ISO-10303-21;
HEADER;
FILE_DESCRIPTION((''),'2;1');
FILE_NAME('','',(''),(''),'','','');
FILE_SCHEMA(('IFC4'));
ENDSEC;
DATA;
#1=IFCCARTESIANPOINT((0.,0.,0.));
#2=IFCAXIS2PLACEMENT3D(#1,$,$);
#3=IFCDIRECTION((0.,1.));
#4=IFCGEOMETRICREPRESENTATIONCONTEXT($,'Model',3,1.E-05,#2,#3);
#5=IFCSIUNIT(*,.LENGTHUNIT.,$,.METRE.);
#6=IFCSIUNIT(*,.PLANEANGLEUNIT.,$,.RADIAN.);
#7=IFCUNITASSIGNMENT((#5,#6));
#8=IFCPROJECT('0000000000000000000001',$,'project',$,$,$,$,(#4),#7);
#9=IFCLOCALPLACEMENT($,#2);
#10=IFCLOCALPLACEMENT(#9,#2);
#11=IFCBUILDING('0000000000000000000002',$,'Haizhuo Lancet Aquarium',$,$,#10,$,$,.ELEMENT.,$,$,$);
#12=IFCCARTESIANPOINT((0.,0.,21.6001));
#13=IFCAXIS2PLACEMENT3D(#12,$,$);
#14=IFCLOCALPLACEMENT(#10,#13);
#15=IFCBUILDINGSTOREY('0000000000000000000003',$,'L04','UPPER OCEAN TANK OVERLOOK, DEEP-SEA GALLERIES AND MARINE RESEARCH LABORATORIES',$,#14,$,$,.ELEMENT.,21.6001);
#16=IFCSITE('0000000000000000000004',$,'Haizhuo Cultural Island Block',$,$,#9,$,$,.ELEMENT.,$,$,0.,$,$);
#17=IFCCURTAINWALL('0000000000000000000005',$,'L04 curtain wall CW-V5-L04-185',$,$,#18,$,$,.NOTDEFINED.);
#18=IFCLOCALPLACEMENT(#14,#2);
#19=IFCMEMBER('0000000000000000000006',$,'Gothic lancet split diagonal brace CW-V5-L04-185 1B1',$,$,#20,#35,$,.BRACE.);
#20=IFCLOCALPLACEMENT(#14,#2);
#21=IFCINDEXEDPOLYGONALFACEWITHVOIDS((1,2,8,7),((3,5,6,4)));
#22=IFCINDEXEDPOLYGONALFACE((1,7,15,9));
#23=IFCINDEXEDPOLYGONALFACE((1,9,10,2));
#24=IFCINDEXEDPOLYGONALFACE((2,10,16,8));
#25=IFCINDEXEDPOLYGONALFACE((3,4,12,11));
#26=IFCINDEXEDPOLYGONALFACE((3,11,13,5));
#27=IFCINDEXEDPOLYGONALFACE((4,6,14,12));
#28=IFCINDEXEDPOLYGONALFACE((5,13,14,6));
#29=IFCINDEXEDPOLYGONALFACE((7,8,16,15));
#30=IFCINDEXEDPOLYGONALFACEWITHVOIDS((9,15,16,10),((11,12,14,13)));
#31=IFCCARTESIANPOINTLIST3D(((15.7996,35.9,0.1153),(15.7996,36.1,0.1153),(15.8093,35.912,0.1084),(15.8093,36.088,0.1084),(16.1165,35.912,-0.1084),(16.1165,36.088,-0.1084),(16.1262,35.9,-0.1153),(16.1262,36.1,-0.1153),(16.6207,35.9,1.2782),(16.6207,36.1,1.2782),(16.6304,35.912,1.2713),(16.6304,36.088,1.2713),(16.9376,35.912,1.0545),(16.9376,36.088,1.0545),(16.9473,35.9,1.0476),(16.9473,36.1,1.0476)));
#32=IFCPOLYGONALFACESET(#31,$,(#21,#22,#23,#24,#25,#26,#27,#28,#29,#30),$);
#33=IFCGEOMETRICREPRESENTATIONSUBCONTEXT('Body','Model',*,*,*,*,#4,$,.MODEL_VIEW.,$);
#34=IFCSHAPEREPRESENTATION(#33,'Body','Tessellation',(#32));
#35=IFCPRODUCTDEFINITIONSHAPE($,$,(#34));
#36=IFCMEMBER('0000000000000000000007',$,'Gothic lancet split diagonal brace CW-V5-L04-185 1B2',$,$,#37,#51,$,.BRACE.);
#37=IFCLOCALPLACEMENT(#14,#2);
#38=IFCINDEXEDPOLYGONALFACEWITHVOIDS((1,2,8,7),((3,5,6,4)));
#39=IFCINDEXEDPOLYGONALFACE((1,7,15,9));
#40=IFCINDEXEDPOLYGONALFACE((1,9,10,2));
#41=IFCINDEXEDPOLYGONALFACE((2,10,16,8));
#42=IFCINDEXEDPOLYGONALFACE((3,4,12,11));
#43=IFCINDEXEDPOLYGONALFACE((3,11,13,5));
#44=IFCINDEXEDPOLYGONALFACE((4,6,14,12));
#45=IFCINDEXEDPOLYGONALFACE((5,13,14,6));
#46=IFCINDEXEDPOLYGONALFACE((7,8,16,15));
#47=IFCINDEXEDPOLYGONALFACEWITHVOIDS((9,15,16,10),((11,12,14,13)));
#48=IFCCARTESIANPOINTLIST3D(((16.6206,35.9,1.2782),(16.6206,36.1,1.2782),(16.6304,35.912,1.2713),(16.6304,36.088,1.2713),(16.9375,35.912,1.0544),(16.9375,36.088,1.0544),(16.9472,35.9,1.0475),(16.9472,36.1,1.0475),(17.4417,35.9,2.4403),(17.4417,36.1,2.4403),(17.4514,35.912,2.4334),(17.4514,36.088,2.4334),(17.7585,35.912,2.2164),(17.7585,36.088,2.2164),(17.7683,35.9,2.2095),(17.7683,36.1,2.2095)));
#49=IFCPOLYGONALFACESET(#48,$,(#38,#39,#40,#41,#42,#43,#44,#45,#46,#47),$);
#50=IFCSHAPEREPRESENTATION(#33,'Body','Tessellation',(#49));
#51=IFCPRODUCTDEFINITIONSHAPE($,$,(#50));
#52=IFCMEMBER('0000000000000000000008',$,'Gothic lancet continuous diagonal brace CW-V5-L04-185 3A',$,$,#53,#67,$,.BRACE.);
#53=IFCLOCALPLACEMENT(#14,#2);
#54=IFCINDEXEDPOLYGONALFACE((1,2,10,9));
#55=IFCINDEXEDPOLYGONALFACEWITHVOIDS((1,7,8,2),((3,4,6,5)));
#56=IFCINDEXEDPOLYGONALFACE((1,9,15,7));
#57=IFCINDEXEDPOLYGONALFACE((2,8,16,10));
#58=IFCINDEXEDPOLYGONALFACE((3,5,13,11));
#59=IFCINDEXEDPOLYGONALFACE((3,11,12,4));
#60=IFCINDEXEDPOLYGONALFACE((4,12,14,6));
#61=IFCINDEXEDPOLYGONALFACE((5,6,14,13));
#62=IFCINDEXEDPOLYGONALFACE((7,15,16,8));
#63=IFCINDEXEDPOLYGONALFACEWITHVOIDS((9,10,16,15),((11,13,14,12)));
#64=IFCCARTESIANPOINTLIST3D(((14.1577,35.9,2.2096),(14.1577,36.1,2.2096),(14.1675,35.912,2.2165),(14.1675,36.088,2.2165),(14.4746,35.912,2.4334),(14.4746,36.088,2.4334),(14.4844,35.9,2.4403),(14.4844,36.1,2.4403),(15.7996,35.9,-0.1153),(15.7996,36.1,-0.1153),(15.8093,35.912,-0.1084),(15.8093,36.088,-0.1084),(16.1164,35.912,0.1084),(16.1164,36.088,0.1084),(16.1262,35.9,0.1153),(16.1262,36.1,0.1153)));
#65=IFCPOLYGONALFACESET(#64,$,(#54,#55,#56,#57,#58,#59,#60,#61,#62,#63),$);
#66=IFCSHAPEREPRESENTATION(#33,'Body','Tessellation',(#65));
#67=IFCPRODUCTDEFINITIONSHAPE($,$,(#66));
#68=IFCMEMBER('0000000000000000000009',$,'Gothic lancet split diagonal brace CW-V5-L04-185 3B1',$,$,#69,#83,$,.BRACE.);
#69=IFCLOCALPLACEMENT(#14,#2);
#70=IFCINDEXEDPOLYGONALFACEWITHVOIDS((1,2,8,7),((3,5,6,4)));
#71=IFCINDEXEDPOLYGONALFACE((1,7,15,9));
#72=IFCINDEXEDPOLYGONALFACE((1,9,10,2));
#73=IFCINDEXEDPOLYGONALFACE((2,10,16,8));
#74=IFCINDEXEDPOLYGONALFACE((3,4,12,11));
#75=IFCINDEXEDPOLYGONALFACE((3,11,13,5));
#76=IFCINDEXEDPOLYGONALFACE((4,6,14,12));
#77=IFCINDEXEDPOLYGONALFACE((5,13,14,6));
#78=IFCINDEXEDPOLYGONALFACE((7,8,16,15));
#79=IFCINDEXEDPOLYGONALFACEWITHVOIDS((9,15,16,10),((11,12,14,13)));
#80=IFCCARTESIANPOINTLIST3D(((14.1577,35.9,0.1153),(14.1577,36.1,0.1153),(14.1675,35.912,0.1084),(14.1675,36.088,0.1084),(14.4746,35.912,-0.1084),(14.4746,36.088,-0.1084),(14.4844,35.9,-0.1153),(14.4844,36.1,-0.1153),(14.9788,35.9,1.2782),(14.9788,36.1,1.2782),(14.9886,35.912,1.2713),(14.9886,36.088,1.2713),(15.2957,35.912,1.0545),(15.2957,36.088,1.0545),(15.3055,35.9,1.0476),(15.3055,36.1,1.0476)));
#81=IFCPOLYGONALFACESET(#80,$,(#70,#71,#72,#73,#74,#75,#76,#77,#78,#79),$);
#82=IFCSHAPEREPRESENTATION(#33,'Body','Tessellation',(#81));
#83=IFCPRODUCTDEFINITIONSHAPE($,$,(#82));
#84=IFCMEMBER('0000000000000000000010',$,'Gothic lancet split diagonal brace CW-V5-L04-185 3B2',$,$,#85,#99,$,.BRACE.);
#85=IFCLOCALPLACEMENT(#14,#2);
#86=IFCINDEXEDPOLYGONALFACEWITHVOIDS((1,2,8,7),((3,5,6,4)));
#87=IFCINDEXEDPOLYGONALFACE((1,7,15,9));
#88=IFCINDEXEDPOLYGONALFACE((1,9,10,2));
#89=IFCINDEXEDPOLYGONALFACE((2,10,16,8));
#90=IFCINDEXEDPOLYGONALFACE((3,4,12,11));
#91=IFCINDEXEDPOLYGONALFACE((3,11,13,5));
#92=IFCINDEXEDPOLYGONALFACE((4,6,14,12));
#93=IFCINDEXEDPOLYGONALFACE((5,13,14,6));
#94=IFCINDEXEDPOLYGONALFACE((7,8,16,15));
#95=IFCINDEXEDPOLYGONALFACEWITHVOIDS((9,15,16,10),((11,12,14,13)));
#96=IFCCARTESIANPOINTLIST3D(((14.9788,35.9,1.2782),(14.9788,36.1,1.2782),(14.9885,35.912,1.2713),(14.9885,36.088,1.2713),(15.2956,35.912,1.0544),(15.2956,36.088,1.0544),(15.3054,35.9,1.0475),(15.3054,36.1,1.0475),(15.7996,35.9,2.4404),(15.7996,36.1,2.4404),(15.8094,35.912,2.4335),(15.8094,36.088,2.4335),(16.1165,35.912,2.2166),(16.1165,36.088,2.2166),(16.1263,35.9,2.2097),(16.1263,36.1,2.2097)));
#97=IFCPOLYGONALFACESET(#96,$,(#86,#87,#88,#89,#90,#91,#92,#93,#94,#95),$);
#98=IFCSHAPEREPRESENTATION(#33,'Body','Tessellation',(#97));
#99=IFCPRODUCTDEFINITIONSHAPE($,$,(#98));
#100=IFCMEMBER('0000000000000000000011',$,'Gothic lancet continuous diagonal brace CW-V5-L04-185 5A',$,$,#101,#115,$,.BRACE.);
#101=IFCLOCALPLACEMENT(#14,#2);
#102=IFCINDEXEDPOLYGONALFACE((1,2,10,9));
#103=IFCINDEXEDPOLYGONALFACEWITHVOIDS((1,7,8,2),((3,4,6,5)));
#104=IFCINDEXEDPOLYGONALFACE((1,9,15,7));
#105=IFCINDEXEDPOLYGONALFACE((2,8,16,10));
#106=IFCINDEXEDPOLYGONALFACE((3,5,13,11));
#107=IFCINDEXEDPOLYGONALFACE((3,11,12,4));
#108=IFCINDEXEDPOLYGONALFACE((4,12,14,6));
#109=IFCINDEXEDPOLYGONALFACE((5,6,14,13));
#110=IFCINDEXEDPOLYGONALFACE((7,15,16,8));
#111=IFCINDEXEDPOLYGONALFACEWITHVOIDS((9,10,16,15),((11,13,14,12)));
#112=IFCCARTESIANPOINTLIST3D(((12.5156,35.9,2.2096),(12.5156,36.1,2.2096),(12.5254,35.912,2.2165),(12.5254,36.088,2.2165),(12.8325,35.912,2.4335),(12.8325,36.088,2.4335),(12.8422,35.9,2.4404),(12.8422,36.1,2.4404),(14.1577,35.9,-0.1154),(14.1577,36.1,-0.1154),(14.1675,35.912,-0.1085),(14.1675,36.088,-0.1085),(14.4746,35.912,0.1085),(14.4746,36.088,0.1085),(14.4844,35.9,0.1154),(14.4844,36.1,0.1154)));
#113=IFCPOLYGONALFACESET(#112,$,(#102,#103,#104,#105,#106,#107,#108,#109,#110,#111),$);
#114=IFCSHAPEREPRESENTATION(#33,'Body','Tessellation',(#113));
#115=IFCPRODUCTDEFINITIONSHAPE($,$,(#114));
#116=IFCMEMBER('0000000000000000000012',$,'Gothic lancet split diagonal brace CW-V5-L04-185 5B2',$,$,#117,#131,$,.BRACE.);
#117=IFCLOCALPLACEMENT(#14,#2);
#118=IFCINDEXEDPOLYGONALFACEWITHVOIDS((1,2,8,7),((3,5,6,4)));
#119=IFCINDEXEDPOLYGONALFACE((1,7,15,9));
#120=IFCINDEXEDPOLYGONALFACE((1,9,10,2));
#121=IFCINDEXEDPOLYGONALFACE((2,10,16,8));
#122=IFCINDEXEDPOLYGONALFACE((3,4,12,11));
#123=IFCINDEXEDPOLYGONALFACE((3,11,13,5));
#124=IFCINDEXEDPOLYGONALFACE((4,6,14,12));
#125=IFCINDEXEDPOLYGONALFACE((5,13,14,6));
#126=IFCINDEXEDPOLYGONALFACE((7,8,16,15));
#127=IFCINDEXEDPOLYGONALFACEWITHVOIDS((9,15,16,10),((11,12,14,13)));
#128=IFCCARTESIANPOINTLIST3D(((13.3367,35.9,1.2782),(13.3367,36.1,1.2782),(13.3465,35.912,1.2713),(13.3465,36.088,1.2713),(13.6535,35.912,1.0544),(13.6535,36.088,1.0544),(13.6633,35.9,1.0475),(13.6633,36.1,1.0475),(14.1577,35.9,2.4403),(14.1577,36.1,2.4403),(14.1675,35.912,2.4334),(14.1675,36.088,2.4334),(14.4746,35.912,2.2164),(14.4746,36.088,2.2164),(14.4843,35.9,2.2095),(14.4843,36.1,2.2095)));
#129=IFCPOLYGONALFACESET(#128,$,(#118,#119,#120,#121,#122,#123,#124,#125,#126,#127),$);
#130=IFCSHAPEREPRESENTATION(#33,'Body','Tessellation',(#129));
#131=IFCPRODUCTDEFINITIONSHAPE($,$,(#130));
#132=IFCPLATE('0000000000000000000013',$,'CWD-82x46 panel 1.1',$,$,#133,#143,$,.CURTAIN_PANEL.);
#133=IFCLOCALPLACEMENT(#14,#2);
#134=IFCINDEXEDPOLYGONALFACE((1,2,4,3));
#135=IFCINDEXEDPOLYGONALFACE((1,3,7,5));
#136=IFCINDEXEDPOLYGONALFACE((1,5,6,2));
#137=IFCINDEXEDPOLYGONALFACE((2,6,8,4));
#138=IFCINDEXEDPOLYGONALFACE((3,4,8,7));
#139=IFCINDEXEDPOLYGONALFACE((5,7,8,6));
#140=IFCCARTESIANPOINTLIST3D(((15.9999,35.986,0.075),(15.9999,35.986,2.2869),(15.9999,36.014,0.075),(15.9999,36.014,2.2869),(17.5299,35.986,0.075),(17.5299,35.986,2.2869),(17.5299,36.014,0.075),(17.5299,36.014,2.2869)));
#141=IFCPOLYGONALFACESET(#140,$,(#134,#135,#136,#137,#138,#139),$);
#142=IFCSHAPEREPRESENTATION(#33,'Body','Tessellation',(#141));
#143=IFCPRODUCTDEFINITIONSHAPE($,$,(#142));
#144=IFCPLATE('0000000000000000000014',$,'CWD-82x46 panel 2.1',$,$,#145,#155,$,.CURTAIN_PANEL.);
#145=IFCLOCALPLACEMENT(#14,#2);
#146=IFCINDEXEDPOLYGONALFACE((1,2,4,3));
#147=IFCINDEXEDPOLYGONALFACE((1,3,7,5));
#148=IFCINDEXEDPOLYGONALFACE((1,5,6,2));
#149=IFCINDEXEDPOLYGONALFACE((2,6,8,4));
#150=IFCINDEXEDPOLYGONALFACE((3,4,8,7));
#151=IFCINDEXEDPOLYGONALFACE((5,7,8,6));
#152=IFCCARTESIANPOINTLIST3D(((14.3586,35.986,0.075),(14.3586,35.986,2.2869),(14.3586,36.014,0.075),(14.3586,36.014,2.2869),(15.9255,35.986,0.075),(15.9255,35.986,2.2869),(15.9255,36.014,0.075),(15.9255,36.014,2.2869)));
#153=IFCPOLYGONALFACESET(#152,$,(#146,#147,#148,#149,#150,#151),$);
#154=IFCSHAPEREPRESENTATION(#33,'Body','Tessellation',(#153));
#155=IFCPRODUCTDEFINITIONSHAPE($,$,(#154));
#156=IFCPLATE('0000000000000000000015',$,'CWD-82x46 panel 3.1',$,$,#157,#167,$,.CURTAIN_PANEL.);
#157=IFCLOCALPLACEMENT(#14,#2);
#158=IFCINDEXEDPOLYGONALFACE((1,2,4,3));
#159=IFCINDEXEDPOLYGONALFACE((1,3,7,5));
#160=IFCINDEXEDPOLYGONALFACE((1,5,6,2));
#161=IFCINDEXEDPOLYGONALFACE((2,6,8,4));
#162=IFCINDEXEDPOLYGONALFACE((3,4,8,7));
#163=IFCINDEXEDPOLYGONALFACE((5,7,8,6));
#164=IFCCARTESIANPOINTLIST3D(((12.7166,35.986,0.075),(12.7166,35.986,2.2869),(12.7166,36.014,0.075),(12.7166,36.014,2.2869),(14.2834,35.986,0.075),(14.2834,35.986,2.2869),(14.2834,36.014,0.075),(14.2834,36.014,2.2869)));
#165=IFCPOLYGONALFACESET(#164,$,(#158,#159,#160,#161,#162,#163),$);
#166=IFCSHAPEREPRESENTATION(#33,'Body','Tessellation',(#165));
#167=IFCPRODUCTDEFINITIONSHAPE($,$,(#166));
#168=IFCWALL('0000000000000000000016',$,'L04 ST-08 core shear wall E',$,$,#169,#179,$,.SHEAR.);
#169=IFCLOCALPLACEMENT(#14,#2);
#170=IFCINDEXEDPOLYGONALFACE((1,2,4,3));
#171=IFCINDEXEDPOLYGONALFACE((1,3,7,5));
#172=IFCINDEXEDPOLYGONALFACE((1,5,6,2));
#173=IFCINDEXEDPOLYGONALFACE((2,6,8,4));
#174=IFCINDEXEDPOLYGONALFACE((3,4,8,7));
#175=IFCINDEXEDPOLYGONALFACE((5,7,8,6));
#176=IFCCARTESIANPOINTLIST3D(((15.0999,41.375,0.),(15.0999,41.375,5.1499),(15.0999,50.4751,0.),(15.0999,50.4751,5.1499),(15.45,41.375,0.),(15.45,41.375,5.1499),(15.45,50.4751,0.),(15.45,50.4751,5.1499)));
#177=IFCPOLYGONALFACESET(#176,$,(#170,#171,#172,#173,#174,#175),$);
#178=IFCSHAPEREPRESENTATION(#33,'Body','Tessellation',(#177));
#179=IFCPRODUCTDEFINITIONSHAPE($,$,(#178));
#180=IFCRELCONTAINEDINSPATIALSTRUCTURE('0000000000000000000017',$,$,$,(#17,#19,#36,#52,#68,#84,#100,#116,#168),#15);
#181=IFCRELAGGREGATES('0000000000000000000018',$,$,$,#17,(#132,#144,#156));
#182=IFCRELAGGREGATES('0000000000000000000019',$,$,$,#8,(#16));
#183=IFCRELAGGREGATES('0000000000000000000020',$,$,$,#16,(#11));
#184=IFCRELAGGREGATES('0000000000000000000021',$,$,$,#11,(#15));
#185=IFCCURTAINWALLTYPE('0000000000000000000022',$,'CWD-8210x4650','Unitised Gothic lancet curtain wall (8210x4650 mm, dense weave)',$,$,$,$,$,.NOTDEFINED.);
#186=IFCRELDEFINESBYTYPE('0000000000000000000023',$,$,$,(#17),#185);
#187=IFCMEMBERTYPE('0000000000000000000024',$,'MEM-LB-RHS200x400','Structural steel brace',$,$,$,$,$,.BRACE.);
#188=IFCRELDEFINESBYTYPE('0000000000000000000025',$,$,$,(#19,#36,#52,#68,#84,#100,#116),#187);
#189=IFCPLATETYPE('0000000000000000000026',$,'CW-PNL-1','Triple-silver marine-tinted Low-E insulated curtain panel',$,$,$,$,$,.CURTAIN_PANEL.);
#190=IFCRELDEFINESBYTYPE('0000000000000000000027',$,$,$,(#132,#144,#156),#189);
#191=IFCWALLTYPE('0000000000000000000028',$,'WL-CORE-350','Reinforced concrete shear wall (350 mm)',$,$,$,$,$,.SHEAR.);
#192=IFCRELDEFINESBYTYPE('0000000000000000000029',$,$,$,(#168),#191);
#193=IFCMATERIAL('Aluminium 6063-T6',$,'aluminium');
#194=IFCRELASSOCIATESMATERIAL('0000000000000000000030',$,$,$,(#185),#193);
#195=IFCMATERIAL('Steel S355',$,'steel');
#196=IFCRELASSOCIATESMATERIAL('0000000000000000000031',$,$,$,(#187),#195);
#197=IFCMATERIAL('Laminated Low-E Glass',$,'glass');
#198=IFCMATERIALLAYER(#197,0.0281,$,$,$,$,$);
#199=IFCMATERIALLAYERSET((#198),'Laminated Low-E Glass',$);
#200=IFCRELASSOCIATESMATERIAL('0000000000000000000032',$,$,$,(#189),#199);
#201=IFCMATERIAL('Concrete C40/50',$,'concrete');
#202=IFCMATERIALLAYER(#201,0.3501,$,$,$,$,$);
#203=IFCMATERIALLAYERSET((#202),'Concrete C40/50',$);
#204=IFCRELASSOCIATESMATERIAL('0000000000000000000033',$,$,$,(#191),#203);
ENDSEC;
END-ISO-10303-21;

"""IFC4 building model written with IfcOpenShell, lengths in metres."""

from ifc_helpers import new_model, si_unit, direction, frame, frame_2d, origin, origin_2d, place, context, subcontext, project, spatial, rectangle, hollow_rectangle, extrude, material, layer, layer_set, material_profile, profile_set, type_object, element, aggregate, save


model = new_model("IFC4")

# Units and contexts
model_context = context("Model", 3, precision=1e-05, world=origin(), true_north=direction((0.0, 1.0)))
body_context = subcontext(model_context, "Body", "Model", "MODEL_VIEW")
ifc_project = project(units=[si_unit("LENGTHUNIT", "METRE"), si_unit("PLANEANGLEUNIT", "RADIAN")], contexts=[model_context])

# Site, building, storey
site_placement = place(None, origin())
site = spatial("IfcSite", under=ifc_project, at=site_placement, Name="Haizhuo Cultural Island Block", CompositionType="ELEMENT", RefElevation=0.0)
building_placement = place(site_placement, origin())
building = spatial("IfcBuilding", under=site, at=building_placement, Name="Haizhuo Lancet Aquarium", CompositionType="ELEMENT")
storey_placement = place(building_placement, frame((0.0, 0.0, 21.6001)))
storey = spatial("IfcBuildingStorey", under=building, at=storey_placement, Name="L04", Description="UPPER OCEAN TANK OVERLOOK, DEEP-SEA GALLERIES AND MARINE RESEARCH LABORATORIES", CompositionType="ELEMENT", Elevation=21.6001)

# Shared definitions
ifc_material_1 = material(Name="Concrete C40/50", Category="concrete")

# Shared definitions
ifc_material_2 = material(Name="Aluminium 6063-T6", Category="aluminium")
curtain_wall_type = type_object("IfcCurtainWallType", Name="CWD-8210x4650", Description="Unitised Gothic lancet curtain wall (8210x4650 mm, dense weave)", PredefinedType="NOTDEFINED", material=ifc_material_2)

# Curtain wall
curtain_wall_1_placement = place(storey_placement, origin())
curtain_wall_1 = element("IfcCurtainWall", 1, at=curtain_wall_1_placement, inside=storey, type_object=curtain_wall_type, Name="L04 curtain wall CW-V5-L04-185", PredefinedType="NOTDEFINED")

# Members
ifc_material_3 = material(Name="Steel S355", Category="steel")
ifc_material_profile_1 = material_profile(ifc_material_3, hollow_rectangle(XDim=0.2, YDim=0.3999, WallThickness=0.012, at=origin_2d()), Name="RHS 200x400x12")
ifc_profile_set_1 = profile_set([ifc_material_profile_1], Name="Steel S355")
member_type_1 = type_object("IfcMemberType", Name="MEM-LB-RHS200x400", Description="Structural steel brace", PredefinedType="BRACE", material=ifc_profile_set_1)
member_1_placement = place(storey_placement, frame((15.9629, 36.0, 0.0), z_axis=(0.576784, 0.0, 0.816897), x_axis=(0.0, 1.0, 0.0)))
element("IfcMember", 2, at=member_1_placement, inside=storey, type_object=member_type_1, Name="Gothic lancet split diagonal brace CW-V5-L04-185 1B1", PredefinedType="BRACE", context=body_context, shape_type="SweptSolid", body=[
    extrude(hollow_rectangle(XDim=0.2, YDim=0.3999, WallThickness=0.012, at=origin_2d()), origin(), (0.0, 0.0, 1.0), 1.4236),
])
member_2_placement = place(storey_placement, frame((16.7839, 36.0, 1.1628), z_axis=(0.577027, 0.0, 0.816725), x_axis=(0.0, 1.0, 0.0)))
element("IfcMember", 3, at=member_2_placement, inside=storey, type_object=member_type_1, Name="Gothic lancet split diagonal brace CW-V5-L04-185 1B2", PredefinedType="BRACE", context=body_context, shape_type="SweptSolid", body=[
    extrude(hollow_rectangle(XDim=0.2, YDim=0.3999, WallThickness=0.012, at=origin_2d()), origin(), (0.0, 0.0, 1.0), 1.4229),
])
member_3_placement = place(storey_placement, frame((15.9629, 36.0, 0.0), z_axis=(-0.576848, 0.0, 0.816851), x_axis=(0.0, -1.0, 0.0)))
element("IfcMember", 4, at=member_3_placement, inside=storey, type_object=member_type_1, Name="Gothic lancet continuous diagonal brace CW-V5-L04-185 3A", PredefinedType="BRACE", context=body_context, shape_type="SweptSolid", body=[
    extrude(hollow_rectangle(XDim=0.2, YDim=0.3999, WallThickness=0.012, at=origin_2d()), origin(), (0.0, 0.0, 1.0), 2.8462),
])
member_4_placement = place(storey_placement, frame((14.321, 36.0, 0.0), z_axis=(0.576784, 0.0, 0.816897), x_axis=(0.0, 1.0, 0.0)))
element("IfcMember", 5, at=member_4_placement, inside=storey, type_object=member_type_1, Name="Gothic lancet split diagonal brace CW-V5-L04-185 3B1", PredefinedType="BRACE", context=body_context, shape_type="SweptSolid", body=[
    extrude(hollow_rectangle(XDim=0.2, YDim=0.3999, WallThickness=0.012, at=origin_2d()), origin(), (0.0, 0.0, 1.0), 1.4236),
])
member_5_placement = place(storey_placement, frame((15.1421, 36.0, 1.1628), z_axis=(0.576912, 0.0, 0.816806), x_axis=(0.0, 1.0, 0.0)))
element("IfcMember", 6, at=member_5_placement, inside=storey, type_object=member_type_1, Name="Gothic lancet split diagonal brace CW-V5-L04-185 3B2", PredefinedType="BRACE", context=body_context, shape_type="SweptSolid", body=[
    extrude(hollow_rectangle(XDim=0.2, YDim=0.3999, WallThickness=0.012, at=origin_2d()), origin(), (0.0, 0.0, 1.0), 1.4229),
])
member_6_placement = place(storey_placement, frame((14.321, 36.0, 0.0), z_axis=(-0.576905, 0.0, 0.816811), x_axis=(0.0, -1.0, 0.0)))
element("IfcMember", 7, at=member_6_placement, inside=storey, type_object=member_type_1, Name="Gothic lancet continuous diagonal brace CW-V5-L04-185 5A", PredefinedType="BRACE", context=body_context, shape_type="SweptSolid", body=[
    extrude(hollow_rectangle(XDim=0.2, YDim=0.3999, WallThickness=0.012, at=origin_2d()), origin(), (0.0, 0.0, 1.0), 2.8464),
])
member_7_placement = place(storey_placement, frame((13.5, 36.0, 1.1628), z_axis=(0.577027, 0.0, 0.816725), x_axis=(0.0, 1.0, 0.0)))
element("IfcMember", 8, at=member_7_placement, inside=storey, type_object=member_type_1, Name="Gothic lancet split diagonal brace CW-V5-L04-185 5B2", PredefinedType="BRACE", context=body_context, shape_type="SweptSolid", body=[
    extrude(hollow_rectangle(XDim=0.2, YDim=0.3999, WallThickness=0.012, at=origin_2d()), origin(), (0.0, 0.0, 1.0), 1.4229),
])

# Plates
ifc_material_4 = material(Name="Laminated Low-E Glass", Category="glass")
ifc_layer_1 = layer(ifc_material_4, 0.0281)
ifc_layer_set_1 = layer_set([ifc_layer_1], Name="Laminated Low-E Glass")
plate_type = type_object("IfcPlateType", Name="CW-PNL-1", Description="Triple-silver marine-tinted Low-E insulated curtain panel", PredefinedType="CURTAIN_PANEL", material=ifc_layer_set_1)
plate_1_placement = place(storey_placement, frame((16.7649, 36.0, 0.075), z_axis=(0.0, 0.0, 1.0), x_axis=(-1.0, 0.0, 0.0)))
plate_1 = element("IfcPlate", 9, at=plate_1_placement, type_object=plate_type, Name="CWD-82x46 panel 1.1", PredefinedType="CURTAIN_PANEL", context=body_context, shape_type="SweptSolid", body=[
    extrude(rectangle(XDim=1.53, YDim=0.0281, at=origin_2d()), origin(), (0.0, 0.0, 1.0), 2.2119),
])
plate_2_placement = place(storey_placement, frame((15.1421, 36.0, 0.075), z_axis=(0.0, 0.0, 1.0), x_axis=(-1.0, 0.0, 0.0)))
plate_2 = element("IfcPlate", 10, at=plate_2_placement, type_object=plate_type, Name="CWD-82x46 panel 2.1", PredefinedType="CURTAIN_PANEL", context=body_context, shape_type="SweptSolid", body=[
    extrude(rectangle(XDim=1.5669, YDim=0.0281, at=origin_2d()), origin(), (0.0, 0.0, 1.0), 2.2119),
])
plate_3_placement = place(storey_placement, frame((13.5, 36.0, 0.075), z_axis=(0.0, 0.0, 1.0), x_axis=(-1.0, 0.0, 0.0)))
plate_3 = element("IfcPlate", 11, at=plate_3_placement, type_object=plate_type, Name="CWD-82x46 panel 3.1", PredefinedType="CURTAIN_PANEL", context=body_context, shape_type="SweptSolid", body=[
    extrude(rectangle(XDim=1.5669, YDim=0.0281, at=origin_2d()), origin(), (0.0, 0.0, 1.0), 2.2119),
])
aggregate(curtain_wall_1, [plate_1, plate_2, plate_3])

# Wall
ifc_layer_2 = layer(ifc_material_1, 0.3501)
ifc_layer_set_2 = layer_set([ifc_layer_2], Name="Concrete C40/50")
wall_type = type_object("IfcWallType", Name="WL-CORE-350", Description="Reinforced concrete shear wall (350 mm)", PredefinedType="SHEAR", material=ifc_layer_set_2)
wall_placement = place(storey_placement, frame((15.2749, 41.375, 0.0), z_axis=(0.0, 0.0, 1.0), x_axis=(0.0, 1.0, 0.0)))
element("IfcWall", 12, at=wall_placement, inside=storey, type_object=wall_type, Name="L04 ST-08 core shear wall E", PredefinedType="SHEAR", context=body_context, shape_type="SweptSolid", body=[
    extrude(rectangle(XDim=9.1001, YDim=0.3501, at=frame_2d((4.55, 0.0))), origin(), (0.0, 0.0, 1.0), 5.1499),
])

save(model, "model.ifc")
